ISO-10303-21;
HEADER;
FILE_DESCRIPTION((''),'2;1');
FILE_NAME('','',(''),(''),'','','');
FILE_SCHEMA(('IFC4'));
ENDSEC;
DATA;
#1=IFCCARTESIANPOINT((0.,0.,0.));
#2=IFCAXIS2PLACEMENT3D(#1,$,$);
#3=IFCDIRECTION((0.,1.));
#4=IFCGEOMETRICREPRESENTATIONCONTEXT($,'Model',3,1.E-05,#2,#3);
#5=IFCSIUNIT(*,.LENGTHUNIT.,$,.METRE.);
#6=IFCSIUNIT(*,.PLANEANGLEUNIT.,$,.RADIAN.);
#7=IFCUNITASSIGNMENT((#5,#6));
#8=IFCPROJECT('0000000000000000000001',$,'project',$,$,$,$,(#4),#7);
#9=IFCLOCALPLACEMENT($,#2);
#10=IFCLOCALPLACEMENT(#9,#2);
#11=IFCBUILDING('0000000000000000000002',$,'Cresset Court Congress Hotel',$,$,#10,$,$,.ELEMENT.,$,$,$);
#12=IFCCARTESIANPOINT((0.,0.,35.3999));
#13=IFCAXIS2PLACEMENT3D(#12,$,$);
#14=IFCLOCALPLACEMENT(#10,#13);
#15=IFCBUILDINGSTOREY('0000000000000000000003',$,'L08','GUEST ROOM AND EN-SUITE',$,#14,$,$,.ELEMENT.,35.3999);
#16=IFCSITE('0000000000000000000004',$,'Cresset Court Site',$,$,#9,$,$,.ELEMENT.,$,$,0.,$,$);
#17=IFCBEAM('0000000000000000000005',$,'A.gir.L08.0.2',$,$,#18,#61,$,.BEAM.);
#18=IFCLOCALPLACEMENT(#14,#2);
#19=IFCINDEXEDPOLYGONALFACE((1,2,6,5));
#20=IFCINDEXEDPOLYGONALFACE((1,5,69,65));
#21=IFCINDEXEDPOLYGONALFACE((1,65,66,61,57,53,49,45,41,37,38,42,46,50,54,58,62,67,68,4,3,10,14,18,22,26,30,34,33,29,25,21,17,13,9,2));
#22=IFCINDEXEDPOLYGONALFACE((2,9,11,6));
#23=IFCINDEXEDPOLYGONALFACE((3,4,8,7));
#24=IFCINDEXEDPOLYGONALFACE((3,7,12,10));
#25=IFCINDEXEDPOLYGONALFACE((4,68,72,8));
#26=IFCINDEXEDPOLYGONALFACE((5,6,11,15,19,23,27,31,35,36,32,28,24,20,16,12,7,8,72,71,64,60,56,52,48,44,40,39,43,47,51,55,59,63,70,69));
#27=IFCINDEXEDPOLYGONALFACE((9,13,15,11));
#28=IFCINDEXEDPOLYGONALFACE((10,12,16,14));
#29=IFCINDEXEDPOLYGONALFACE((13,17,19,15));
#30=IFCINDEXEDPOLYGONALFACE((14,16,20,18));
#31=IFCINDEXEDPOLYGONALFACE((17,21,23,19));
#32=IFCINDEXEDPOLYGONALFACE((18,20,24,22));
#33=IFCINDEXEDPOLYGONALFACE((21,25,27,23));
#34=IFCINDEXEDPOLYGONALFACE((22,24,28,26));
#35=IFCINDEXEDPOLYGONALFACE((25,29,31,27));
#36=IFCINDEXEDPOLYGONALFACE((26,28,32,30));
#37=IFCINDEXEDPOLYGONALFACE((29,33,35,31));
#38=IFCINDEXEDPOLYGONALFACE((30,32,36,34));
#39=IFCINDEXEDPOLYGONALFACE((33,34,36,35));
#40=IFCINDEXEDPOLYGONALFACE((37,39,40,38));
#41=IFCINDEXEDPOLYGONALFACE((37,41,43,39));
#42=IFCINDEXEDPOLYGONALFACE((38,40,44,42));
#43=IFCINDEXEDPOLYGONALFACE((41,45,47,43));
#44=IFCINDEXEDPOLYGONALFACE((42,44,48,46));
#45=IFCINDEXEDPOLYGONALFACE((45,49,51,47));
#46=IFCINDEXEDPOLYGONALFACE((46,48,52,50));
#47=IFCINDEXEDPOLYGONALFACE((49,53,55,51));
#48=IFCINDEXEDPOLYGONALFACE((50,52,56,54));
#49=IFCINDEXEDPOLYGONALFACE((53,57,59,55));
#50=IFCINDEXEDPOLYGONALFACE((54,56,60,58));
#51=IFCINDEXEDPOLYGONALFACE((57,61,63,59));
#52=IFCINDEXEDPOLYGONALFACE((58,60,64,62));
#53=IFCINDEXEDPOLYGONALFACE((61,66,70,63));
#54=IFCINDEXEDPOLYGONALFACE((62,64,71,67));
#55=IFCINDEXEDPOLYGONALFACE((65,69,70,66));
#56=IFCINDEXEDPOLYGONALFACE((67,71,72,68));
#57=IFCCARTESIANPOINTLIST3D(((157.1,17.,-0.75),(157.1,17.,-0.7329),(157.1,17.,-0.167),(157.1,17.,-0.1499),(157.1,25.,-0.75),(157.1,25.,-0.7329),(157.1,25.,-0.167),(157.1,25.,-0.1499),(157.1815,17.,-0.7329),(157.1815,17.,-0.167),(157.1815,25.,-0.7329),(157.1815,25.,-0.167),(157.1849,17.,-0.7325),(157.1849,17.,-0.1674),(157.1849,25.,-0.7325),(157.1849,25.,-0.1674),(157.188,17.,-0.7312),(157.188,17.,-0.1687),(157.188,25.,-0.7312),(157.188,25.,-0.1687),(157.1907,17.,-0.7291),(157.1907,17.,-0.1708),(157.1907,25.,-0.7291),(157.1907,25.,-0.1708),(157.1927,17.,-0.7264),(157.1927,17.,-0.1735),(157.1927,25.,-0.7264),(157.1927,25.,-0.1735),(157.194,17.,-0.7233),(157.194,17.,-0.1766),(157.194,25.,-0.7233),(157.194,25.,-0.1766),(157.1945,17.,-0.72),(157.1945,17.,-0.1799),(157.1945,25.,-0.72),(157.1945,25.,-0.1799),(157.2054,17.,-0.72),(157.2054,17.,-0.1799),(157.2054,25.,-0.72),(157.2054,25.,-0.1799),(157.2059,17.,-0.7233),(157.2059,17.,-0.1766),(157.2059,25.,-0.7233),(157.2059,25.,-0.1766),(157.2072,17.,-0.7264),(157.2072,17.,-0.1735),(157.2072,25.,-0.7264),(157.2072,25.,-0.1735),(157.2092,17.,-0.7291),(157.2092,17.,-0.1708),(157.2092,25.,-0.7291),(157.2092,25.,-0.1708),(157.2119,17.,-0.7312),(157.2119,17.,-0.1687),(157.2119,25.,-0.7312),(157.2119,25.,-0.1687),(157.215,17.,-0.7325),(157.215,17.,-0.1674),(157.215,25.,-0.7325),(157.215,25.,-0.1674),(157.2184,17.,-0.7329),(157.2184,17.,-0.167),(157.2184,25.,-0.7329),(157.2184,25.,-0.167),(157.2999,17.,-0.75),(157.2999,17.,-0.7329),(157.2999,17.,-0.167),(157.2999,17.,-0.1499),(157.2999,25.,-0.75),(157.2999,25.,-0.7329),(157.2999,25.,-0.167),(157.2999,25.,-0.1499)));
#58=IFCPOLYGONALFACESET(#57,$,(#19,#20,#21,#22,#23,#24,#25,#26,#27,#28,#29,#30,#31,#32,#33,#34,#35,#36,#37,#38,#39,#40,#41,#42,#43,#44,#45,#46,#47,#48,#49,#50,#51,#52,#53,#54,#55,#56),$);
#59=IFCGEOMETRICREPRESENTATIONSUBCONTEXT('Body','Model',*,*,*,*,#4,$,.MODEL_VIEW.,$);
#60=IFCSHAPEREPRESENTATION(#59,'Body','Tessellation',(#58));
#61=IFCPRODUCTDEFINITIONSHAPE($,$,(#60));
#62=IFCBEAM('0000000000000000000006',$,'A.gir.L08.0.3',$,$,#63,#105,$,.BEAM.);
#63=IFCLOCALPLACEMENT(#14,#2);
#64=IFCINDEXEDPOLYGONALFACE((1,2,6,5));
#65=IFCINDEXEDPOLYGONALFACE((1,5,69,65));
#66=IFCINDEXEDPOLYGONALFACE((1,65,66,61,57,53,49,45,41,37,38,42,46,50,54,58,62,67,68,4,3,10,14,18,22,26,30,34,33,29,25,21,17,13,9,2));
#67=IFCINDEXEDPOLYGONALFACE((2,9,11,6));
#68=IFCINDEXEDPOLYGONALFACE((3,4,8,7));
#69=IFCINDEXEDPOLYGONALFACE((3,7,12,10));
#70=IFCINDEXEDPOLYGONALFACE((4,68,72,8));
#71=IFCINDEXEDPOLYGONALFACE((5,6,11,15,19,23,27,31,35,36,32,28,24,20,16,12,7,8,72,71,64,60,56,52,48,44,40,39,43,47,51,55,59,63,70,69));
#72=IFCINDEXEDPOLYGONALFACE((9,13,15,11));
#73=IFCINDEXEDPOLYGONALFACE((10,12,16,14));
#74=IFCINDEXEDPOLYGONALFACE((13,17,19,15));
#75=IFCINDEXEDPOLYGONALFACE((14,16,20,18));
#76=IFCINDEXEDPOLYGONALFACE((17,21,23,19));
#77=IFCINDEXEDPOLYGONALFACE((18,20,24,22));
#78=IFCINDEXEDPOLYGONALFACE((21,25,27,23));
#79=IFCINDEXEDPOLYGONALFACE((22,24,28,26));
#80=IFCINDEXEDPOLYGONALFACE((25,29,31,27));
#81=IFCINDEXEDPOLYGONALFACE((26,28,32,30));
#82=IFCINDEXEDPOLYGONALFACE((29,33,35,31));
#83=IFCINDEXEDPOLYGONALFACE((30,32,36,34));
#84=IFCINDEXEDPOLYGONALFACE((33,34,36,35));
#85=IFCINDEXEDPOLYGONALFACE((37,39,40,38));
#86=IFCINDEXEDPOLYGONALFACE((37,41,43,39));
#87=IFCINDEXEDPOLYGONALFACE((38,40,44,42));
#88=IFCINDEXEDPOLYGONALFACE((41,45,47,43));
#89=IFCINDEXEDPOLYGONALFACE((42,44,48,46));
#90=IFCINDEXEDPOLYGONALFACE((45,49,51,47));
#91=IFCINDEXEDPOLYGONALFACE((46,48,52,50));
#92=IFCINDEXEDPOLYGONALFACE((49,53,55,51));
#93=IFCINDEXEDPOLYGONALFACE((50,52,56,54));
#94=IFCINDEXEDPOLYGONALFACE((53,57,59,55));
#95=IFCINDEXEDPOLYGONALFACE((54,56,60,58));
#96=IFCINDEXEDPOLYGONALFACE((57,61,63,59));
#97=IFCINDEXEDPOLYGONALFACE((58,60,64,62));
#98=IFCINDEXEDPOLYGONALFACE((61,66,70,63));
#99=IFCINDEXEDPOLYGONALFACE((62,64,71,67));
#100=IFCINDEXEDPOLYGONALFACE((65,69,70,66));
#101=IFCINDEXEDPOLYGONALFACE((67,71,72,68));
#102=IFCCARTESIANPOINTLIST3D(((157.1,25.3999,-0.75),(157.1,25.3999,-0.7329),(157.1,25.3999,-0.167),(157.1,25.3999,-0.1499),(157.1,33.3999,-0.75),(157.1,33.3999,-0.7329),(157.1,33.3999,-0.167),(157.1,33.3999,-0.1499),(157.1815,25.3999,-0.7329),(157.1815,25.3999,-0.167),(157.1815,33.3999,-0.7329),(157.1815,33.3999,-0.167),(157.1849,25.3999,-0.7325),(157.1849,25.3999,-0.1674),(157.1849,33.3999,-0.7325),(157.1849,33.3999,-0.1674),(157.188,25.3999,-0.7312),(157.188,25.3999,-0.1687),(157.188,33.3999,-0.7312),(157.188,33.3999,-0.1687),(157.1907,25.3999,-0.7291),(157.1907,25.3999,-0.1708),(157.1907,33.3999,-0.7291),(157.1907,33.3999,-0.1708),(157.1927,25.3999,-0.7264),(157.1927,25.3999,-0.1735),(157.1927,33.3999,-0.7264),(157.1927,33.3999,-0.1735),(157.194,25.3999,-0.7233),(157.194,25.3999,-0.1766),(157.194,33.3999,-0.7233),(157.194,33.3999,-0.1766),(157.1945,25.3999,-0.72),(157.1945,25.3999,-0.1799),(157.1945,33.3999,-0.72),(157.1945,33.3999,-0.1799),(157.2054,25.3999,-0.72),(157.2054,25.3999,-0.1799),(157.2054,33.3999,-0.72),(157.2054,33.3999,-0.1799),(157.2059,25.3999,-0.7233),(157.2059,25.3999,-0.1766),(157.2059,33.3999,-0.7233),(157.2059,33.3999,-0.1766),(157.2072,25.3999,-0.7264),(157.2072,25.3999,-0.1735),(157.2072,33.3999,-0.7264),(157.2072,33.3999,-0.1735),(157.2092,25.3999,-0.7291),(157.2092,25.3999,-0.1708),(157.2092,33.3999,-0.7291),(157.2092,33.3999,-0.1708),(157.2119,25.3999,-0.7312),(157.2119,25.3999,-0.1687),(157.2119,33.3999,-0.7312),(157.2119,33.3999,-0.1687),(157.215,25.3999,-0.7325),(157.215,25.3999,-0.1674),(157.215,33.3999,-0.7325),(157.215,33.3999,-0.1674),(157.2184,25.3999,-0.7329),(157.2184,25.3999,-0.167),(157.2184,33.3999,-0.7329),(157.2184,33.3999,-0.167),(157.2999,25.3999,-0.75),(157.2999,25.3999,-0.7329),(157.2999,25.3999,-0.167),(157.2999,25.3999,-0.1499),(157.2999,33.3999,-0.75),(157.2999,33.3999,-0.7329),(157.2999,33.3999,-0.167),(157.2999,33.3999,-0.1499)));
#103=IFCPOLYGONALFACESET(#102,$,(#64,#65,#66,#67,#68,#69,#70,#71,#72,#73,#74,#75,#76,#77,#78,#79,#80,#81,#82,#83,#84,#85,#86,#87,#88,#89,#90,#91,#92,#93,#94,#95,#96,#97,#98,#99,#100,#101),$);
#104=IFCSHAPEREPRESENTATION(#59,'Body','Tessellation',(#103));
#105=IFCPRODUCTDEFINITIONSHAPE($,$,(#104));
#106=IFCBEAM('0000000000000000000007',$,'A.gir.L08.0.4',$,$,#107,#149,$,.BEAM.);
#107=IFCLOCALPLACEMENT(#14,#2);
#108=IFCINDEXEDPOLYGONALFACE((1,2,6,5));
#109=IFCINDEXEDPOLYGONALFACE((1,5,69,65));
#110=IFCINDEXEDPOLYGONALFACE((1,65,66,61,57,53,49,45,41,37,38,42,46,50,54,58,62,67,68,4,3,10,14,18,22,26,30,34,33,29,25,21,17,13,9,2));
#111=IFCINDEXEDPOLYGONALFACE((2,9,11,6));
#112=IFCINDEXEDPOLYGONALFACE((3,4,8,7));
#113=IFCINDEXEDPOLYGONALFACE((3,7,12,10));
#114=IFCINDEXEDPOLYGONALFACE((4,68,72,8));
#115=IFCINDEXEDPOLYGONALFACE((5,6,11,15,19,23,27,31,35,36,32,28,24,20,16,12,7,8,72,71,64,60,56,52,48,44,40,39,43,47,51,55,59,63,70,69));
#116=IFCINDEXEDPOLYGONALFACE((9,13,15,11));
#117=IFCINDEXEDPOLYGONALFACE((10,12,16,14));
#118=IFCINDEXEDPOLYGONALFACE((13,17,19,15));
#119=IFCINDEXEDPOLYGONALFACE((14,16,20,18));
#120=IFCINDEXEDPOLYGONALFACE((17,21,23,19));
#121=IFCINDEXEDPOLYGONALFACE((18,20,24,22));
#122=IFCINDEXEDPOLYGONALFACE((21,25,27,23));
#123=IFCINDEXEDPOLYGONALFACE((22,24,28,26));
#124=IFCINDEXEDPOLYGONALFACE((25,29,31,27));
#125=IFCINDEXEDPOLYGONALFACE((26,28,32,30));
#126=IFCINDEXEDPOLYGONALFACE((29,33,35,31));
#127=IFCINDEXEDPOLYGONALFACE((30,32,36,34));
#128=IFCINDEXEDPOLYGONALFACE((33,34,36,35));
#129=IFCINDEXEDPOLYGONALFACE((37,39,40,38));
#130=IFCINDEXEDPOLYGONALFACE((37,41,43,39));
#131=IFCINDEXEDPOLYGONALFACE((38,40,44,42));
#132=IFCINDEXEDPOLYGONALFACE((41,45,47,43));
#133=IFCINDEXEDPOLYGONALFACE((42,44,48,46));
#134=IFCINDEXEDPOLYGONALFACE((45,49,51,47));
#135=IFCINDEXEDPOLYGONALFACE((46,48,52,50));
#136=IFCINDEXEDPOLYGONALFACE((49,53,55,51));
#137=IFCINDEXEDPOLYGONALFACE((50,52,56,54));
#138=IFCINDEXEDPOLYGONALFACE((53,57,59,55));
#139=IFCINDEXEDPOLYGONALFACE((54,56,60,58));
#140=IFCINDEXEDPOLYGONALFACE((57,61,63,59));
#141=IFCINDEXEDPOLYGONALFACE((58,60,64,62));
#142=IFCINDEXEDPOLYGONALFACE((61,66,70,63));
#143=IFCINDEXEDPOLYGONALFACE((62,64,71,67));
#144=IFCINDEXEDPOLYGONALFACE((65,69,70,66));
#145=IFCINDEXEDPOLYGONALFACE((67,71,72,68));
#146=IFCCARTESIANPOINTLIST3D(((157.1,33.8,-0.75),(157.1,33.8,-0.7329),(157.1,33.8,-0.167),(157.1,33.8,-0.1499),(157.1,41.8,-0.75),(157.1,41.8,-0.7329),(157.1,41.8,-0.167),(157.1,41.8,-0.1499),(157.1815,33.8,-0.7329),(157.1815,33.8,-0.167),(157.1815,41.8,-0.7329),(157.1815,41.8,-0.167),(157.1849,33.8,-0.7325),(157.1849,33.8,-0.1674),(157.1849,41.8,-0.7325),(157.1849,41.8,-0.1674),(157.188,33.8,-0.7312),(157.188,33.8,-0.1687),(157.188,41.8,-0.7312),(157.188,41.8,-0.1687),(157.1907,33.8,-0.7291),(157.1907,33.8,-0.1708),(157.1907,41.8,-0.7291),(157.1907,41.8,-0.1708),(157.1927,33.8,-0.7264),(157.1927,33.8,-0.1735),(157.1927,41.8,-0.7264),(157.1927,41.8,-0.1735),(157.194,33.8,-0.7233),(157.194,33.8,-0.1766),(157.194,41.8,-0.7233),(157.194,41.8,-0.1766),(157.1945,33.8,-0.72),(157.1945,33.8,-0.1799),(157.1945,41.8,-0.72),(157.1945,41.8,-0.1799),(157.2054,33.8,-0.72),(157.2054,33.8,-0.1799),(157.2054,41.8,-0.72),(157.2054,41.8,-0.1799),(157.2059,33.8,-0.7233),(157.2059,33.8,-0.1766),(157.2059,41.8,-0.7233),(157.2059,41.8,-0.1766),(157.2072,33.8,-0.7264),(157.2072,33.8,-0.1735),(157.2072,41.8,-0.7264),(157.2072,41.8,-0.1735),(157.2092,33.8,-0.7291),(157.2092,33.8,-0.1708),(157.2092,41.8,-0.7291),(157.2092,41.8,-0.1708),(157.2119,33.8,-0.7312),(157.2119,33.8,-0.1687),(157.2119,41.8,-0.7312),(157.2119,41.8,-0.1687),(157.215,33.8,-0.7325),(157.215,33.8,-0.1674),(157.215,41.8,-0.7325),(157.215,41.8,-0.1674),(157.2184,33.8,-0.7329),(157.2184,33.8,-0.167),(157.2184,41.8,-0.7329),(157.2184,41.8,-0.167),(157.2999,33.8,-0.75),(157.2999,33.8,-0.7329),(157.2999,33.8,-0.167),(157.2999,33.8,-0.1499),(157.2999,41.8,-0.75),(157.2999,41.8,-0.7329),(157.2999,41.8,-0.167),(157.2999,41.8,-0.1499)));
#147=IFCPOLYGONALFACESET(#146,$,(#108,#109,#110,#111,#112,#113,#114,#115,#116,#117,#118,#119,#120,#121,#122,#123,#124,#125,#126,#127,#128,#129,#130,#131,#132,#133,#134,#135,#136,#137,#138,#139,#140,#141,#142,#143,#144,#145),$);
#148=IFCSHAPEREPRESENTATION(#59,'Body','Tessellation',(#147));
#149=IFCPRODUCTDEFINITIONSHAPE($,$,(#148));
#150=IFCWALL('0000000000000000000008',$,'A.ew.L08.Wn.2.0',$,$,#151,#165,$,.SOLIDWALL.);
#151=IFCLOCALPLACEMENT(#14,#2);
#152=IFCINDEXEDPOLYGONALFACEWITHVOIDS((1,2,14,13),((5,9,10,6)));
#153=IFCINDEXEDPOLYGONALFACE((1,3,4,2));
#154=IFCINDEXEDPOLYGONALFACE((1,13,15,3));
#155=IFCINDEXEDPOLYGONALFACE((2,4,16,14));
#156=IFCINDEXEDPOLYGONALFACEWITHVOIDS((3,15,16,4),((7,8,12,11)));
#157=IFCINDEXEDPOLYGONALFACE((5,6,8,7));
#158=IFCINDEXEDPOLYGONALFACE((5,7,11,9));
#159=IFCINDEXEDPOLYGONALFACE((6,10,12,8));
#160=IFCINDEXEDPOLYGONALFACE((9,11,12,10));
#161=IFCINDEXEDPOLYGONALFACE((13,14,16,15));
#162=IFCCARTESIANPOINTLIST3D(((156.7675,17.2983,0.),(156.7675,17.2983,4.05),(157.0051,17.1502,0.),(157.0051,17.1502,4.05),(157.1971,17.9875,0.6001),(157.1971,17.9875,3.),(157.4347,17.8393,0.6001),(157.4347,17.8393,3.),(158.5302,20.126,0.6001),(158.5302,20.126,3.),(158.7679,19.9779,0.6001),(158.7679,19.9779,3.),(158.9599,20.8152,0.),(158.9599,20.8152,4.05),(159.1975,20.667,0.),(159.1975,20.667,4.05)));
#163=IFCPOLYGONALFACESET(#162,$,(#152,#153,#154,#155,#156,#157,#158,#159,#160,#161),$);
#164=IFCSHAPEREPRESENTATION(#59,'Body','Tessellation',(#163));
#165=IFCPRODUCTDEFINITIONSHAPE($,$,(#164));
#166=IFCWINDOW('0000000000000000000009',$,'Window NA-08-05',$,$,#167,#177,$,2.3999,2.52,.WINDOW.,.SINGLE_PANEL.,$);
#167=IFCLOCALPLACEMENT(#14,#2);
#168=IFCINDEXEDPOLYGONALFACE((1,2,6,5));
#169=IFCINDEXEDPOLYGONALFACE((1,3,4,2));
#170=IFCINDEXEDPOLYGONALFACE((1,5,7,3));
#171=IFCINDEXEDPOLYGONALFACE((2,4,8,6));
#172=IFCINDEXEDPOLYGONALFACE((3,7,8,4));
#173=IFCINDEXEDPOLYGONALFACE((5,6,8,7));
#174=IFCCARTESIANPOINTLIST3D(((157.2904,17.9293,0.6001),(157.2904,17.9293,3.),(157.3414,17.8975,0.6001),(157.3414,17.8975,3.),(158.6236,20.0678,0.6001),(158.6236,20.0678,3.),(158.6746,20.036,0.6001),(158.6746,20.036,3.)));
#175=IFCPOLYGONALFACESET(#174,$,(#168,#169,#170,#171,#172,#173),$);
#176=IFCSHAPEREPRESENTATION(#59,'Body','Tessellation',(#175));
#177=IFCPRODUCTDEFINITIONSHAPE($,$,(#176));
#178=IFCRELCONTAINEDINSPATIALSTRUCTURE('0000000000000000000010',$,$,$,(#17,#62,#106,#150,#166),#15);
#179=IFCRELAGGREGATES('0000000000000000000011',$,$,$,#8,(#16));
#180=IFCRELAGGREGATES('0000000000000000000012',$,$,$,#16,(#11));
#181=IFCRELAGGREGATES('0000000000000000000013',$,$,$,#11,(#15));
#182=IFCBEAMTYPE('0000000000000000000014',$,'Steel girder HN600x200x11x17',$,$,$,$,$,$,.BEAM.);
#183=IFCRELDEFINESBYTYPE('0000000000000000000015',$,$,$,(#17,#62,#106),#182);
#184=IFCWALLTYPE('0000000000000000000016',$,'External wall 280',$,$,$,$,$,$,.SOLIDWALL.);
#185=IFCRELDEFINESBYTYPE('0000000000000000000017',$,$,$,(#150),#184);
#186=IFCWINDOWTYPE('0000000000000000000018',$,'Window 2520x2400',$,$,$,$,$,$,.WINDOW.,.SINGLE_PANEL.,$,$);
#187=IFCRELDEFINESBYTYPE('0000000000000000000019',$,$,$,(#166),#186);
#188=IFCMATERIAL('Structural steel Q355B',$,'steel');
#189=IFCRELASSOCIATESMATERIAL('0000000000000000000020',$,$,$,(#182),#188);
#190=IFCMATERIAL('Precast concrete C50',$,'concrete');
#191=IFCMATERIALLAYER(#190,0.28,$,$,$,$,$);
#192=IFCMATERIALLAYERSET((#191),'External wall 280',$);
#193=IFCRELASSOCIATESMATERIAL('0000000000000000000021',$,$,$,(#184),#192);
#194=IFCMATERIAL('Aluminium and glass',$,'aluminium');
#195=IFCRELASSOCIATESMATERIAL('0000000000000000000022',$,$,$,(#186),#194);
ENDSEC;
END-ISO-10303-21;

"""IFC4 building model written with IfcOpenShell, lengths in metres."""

from ifc_helpers import new_model, si_unit, direction, frame, frame_2d, origin, origin_2d, place, context, subcontext, project, spatial, rectangle, i_section, extrude, material, layer, layer_set, material_profile, profile_set, type_object, element, fill, save


model = new_model("IFC4")

# Units and contexts
model_context = context("Model", 3, precision=1e-05, world=origin(), true_north=direction((0.0, 1.0)))
body_context = subcontext(model_context, "Body", "Model", "MODEL_VIEW")
ifc_project = project(units=[si_unit("LENGTHUNIT", "METRE"), si_unit("PLANEANGLEUNIT", "RADIAN")], contexts=[model_context])

# Site, building, storey
site_placement = place(None, origin())
site = spatial("IfcSite", under=ifc_project, at=site_placement, Name="Cresset Court Site", CompositionType="ELEMENT", RefElevation=0.0)
building_placement = place(site_placement, origin())
building = spatial("IfcBuilding", under=site, at=building_placement, Name="Cresset Court Congress Hotel", CompositionType="ELEMENT")
storey_placement = place(building_placement, frame((0.0, 0.0, 35.3999)))
storey = spatial("IfcBuildingStorey", under=building, at=storey_placement, Name="L08", Description="GUEST ROOM AND EN-SUITE", CompositionType="ELEMENT", Elevation=35.3999)

# Beams
ifc_material_1 = material(Name="Structural steel Q355B", Category="steel")
ifc_material_profile_1 = material_profile(ifc_material_1, i_section(OverallWidth=0.2, OverallDepth=0.6001, WebThickness=0.011, FlangeThickness=0.0171, FilletRadius=0.0129, at=origin_2d()), Name="HN600x200x11x17")
ifc_profile_set_1 = profile_set([ifc_material_profile_1], Name="Structural steel Q355B")
beam_type_1 = type_object("IfcBeamType", Name="Steel girder HN600x200x11x17", PredefinedType="BEAM", material=ifc_profile_set_1)
for number, where, z_axis, x_axis, name in (
    (1, (157.2, 17.0, -0.45), (0.0, 1.0, 0.0), (-1.0, 0.0, 0.0), "A.gir.L08.0.2"),
    (2, (157.2, 25.3999, -0.45), (0.0, 1.0, 0.0), (-1.0, 0.0, 0.0), "A.gir.L08.0.3"),
    (3, (157.2, 33.8, -0.45), (0.0, 1.0, 0.0), (-1.0, 0.0, 0.0), "A.gir.L08.0.4"),
):
    element("IfcBeam", number, at=place(storey_placement, frame(where, z_axis=z_axis, x_axis=x_axis)), inside=storey, type_object=beam_type_1, Name=name, PredefinedType="BEAM", context=body_context, shape_type="SweptSolid", body=[
        extrude(i_section(OverallWidth=0.2, OverallDepth=0.6001, WebThickness=0.011, FlangeThickness=0.0171, FilletRadius=0.0129, at=origin_2d()), origin(), (0.0, 0.0, 1.0), 8.0),
    ])

# Wall, opening, window
ifc_material_2 = material(Name="Precast concrete C50", Category="concrete")
ifc_layer_1 = layer(ifc_material_2, 0.28)
ifc_layer_set_1 = layer_set([ifc_layer_1], Name="External wall 280")
wall_type_1 = type_object("IfcWallType", Name="External wall 280", PredefinedType="SOLIDWALL", material=ifc_layer_set_1)
wall_1_placement = place(storey_placement, frame((156.8862, 17.2241, 0.0), z_axis=(0.0, 0.0, 1.0), x_axis=(0.529019, 0.84861, 0.0)))
wall_1 = element("IfcWall", 4, at=wall_1_placement, inside=storey, type_object=wall_type_1, Name="A.ew.L08.Wn.2.0", PredefinedType="SOLIDWALL", context=body_context, shape_type="SweptSolid", body=[
    extrude(rectangle(XDim=4.1443, YDim=0.28, at=frame_2d((2.0723, 0.0))), origin(), (0.0, 0.0, 1.0), 4.05),
])
opening_1_placement = place(wall_1_placement, frame((0.8123, 0.0, 0.6001)))
opening_1 = element("IfcOpeningElement", 5, at=opening_1_placement, cuts=wall_1, PredefinedType="OPENING", context=body_context, shape_type="SweptSolid", body=[
    extrude(rectangle(XDim=2.52, YDim=2.3999, at=frame_2d((1.26, 1.2))), frame((0.0, 0.1499, 0.0), z_axis=(0.0, -1.0, 0.0), x_axis=(1.0, 0.0, 0.0)), (0.0, 0.0, 1.0), 0.3),
])
ifc_material_3 = material(Name="Aluminium and glass", Category="aluminium")
window_type = type_object("IfcWindowType", Name="Window 2520x2400", PartitioningType="SINGLE_PANEL", PredefinedType="WINDOW", material=ifc_material_3)
window_1_placement = place(opening_1_placement, origin())
window_1 = element("IfcWindow", 6, at=window_1_placement, inside=storey, type_object=window_type, Name="Window NA-08-05", OverallHeight=2.3999, OverallWidth=2.52, PartitioningType="SINGLE_PANEL", PredefinedType="WINDOW", context=body_context, shape_type="SweptSolid", body=[
    extrude(rectangle(XDim=2.52, YDim=2.3999, at=frame_2d((1.26, 1.2))), frame((0.0, 0.03, 0.0), z_axis=(0.0, -1.0, 0.0), x_axis=(1.0, 0.0, 0.0)), (0.0, 0.0, 1.0), 0.0601),
])
fill(opening_1, window_1)

save(model, "model.ifc")
